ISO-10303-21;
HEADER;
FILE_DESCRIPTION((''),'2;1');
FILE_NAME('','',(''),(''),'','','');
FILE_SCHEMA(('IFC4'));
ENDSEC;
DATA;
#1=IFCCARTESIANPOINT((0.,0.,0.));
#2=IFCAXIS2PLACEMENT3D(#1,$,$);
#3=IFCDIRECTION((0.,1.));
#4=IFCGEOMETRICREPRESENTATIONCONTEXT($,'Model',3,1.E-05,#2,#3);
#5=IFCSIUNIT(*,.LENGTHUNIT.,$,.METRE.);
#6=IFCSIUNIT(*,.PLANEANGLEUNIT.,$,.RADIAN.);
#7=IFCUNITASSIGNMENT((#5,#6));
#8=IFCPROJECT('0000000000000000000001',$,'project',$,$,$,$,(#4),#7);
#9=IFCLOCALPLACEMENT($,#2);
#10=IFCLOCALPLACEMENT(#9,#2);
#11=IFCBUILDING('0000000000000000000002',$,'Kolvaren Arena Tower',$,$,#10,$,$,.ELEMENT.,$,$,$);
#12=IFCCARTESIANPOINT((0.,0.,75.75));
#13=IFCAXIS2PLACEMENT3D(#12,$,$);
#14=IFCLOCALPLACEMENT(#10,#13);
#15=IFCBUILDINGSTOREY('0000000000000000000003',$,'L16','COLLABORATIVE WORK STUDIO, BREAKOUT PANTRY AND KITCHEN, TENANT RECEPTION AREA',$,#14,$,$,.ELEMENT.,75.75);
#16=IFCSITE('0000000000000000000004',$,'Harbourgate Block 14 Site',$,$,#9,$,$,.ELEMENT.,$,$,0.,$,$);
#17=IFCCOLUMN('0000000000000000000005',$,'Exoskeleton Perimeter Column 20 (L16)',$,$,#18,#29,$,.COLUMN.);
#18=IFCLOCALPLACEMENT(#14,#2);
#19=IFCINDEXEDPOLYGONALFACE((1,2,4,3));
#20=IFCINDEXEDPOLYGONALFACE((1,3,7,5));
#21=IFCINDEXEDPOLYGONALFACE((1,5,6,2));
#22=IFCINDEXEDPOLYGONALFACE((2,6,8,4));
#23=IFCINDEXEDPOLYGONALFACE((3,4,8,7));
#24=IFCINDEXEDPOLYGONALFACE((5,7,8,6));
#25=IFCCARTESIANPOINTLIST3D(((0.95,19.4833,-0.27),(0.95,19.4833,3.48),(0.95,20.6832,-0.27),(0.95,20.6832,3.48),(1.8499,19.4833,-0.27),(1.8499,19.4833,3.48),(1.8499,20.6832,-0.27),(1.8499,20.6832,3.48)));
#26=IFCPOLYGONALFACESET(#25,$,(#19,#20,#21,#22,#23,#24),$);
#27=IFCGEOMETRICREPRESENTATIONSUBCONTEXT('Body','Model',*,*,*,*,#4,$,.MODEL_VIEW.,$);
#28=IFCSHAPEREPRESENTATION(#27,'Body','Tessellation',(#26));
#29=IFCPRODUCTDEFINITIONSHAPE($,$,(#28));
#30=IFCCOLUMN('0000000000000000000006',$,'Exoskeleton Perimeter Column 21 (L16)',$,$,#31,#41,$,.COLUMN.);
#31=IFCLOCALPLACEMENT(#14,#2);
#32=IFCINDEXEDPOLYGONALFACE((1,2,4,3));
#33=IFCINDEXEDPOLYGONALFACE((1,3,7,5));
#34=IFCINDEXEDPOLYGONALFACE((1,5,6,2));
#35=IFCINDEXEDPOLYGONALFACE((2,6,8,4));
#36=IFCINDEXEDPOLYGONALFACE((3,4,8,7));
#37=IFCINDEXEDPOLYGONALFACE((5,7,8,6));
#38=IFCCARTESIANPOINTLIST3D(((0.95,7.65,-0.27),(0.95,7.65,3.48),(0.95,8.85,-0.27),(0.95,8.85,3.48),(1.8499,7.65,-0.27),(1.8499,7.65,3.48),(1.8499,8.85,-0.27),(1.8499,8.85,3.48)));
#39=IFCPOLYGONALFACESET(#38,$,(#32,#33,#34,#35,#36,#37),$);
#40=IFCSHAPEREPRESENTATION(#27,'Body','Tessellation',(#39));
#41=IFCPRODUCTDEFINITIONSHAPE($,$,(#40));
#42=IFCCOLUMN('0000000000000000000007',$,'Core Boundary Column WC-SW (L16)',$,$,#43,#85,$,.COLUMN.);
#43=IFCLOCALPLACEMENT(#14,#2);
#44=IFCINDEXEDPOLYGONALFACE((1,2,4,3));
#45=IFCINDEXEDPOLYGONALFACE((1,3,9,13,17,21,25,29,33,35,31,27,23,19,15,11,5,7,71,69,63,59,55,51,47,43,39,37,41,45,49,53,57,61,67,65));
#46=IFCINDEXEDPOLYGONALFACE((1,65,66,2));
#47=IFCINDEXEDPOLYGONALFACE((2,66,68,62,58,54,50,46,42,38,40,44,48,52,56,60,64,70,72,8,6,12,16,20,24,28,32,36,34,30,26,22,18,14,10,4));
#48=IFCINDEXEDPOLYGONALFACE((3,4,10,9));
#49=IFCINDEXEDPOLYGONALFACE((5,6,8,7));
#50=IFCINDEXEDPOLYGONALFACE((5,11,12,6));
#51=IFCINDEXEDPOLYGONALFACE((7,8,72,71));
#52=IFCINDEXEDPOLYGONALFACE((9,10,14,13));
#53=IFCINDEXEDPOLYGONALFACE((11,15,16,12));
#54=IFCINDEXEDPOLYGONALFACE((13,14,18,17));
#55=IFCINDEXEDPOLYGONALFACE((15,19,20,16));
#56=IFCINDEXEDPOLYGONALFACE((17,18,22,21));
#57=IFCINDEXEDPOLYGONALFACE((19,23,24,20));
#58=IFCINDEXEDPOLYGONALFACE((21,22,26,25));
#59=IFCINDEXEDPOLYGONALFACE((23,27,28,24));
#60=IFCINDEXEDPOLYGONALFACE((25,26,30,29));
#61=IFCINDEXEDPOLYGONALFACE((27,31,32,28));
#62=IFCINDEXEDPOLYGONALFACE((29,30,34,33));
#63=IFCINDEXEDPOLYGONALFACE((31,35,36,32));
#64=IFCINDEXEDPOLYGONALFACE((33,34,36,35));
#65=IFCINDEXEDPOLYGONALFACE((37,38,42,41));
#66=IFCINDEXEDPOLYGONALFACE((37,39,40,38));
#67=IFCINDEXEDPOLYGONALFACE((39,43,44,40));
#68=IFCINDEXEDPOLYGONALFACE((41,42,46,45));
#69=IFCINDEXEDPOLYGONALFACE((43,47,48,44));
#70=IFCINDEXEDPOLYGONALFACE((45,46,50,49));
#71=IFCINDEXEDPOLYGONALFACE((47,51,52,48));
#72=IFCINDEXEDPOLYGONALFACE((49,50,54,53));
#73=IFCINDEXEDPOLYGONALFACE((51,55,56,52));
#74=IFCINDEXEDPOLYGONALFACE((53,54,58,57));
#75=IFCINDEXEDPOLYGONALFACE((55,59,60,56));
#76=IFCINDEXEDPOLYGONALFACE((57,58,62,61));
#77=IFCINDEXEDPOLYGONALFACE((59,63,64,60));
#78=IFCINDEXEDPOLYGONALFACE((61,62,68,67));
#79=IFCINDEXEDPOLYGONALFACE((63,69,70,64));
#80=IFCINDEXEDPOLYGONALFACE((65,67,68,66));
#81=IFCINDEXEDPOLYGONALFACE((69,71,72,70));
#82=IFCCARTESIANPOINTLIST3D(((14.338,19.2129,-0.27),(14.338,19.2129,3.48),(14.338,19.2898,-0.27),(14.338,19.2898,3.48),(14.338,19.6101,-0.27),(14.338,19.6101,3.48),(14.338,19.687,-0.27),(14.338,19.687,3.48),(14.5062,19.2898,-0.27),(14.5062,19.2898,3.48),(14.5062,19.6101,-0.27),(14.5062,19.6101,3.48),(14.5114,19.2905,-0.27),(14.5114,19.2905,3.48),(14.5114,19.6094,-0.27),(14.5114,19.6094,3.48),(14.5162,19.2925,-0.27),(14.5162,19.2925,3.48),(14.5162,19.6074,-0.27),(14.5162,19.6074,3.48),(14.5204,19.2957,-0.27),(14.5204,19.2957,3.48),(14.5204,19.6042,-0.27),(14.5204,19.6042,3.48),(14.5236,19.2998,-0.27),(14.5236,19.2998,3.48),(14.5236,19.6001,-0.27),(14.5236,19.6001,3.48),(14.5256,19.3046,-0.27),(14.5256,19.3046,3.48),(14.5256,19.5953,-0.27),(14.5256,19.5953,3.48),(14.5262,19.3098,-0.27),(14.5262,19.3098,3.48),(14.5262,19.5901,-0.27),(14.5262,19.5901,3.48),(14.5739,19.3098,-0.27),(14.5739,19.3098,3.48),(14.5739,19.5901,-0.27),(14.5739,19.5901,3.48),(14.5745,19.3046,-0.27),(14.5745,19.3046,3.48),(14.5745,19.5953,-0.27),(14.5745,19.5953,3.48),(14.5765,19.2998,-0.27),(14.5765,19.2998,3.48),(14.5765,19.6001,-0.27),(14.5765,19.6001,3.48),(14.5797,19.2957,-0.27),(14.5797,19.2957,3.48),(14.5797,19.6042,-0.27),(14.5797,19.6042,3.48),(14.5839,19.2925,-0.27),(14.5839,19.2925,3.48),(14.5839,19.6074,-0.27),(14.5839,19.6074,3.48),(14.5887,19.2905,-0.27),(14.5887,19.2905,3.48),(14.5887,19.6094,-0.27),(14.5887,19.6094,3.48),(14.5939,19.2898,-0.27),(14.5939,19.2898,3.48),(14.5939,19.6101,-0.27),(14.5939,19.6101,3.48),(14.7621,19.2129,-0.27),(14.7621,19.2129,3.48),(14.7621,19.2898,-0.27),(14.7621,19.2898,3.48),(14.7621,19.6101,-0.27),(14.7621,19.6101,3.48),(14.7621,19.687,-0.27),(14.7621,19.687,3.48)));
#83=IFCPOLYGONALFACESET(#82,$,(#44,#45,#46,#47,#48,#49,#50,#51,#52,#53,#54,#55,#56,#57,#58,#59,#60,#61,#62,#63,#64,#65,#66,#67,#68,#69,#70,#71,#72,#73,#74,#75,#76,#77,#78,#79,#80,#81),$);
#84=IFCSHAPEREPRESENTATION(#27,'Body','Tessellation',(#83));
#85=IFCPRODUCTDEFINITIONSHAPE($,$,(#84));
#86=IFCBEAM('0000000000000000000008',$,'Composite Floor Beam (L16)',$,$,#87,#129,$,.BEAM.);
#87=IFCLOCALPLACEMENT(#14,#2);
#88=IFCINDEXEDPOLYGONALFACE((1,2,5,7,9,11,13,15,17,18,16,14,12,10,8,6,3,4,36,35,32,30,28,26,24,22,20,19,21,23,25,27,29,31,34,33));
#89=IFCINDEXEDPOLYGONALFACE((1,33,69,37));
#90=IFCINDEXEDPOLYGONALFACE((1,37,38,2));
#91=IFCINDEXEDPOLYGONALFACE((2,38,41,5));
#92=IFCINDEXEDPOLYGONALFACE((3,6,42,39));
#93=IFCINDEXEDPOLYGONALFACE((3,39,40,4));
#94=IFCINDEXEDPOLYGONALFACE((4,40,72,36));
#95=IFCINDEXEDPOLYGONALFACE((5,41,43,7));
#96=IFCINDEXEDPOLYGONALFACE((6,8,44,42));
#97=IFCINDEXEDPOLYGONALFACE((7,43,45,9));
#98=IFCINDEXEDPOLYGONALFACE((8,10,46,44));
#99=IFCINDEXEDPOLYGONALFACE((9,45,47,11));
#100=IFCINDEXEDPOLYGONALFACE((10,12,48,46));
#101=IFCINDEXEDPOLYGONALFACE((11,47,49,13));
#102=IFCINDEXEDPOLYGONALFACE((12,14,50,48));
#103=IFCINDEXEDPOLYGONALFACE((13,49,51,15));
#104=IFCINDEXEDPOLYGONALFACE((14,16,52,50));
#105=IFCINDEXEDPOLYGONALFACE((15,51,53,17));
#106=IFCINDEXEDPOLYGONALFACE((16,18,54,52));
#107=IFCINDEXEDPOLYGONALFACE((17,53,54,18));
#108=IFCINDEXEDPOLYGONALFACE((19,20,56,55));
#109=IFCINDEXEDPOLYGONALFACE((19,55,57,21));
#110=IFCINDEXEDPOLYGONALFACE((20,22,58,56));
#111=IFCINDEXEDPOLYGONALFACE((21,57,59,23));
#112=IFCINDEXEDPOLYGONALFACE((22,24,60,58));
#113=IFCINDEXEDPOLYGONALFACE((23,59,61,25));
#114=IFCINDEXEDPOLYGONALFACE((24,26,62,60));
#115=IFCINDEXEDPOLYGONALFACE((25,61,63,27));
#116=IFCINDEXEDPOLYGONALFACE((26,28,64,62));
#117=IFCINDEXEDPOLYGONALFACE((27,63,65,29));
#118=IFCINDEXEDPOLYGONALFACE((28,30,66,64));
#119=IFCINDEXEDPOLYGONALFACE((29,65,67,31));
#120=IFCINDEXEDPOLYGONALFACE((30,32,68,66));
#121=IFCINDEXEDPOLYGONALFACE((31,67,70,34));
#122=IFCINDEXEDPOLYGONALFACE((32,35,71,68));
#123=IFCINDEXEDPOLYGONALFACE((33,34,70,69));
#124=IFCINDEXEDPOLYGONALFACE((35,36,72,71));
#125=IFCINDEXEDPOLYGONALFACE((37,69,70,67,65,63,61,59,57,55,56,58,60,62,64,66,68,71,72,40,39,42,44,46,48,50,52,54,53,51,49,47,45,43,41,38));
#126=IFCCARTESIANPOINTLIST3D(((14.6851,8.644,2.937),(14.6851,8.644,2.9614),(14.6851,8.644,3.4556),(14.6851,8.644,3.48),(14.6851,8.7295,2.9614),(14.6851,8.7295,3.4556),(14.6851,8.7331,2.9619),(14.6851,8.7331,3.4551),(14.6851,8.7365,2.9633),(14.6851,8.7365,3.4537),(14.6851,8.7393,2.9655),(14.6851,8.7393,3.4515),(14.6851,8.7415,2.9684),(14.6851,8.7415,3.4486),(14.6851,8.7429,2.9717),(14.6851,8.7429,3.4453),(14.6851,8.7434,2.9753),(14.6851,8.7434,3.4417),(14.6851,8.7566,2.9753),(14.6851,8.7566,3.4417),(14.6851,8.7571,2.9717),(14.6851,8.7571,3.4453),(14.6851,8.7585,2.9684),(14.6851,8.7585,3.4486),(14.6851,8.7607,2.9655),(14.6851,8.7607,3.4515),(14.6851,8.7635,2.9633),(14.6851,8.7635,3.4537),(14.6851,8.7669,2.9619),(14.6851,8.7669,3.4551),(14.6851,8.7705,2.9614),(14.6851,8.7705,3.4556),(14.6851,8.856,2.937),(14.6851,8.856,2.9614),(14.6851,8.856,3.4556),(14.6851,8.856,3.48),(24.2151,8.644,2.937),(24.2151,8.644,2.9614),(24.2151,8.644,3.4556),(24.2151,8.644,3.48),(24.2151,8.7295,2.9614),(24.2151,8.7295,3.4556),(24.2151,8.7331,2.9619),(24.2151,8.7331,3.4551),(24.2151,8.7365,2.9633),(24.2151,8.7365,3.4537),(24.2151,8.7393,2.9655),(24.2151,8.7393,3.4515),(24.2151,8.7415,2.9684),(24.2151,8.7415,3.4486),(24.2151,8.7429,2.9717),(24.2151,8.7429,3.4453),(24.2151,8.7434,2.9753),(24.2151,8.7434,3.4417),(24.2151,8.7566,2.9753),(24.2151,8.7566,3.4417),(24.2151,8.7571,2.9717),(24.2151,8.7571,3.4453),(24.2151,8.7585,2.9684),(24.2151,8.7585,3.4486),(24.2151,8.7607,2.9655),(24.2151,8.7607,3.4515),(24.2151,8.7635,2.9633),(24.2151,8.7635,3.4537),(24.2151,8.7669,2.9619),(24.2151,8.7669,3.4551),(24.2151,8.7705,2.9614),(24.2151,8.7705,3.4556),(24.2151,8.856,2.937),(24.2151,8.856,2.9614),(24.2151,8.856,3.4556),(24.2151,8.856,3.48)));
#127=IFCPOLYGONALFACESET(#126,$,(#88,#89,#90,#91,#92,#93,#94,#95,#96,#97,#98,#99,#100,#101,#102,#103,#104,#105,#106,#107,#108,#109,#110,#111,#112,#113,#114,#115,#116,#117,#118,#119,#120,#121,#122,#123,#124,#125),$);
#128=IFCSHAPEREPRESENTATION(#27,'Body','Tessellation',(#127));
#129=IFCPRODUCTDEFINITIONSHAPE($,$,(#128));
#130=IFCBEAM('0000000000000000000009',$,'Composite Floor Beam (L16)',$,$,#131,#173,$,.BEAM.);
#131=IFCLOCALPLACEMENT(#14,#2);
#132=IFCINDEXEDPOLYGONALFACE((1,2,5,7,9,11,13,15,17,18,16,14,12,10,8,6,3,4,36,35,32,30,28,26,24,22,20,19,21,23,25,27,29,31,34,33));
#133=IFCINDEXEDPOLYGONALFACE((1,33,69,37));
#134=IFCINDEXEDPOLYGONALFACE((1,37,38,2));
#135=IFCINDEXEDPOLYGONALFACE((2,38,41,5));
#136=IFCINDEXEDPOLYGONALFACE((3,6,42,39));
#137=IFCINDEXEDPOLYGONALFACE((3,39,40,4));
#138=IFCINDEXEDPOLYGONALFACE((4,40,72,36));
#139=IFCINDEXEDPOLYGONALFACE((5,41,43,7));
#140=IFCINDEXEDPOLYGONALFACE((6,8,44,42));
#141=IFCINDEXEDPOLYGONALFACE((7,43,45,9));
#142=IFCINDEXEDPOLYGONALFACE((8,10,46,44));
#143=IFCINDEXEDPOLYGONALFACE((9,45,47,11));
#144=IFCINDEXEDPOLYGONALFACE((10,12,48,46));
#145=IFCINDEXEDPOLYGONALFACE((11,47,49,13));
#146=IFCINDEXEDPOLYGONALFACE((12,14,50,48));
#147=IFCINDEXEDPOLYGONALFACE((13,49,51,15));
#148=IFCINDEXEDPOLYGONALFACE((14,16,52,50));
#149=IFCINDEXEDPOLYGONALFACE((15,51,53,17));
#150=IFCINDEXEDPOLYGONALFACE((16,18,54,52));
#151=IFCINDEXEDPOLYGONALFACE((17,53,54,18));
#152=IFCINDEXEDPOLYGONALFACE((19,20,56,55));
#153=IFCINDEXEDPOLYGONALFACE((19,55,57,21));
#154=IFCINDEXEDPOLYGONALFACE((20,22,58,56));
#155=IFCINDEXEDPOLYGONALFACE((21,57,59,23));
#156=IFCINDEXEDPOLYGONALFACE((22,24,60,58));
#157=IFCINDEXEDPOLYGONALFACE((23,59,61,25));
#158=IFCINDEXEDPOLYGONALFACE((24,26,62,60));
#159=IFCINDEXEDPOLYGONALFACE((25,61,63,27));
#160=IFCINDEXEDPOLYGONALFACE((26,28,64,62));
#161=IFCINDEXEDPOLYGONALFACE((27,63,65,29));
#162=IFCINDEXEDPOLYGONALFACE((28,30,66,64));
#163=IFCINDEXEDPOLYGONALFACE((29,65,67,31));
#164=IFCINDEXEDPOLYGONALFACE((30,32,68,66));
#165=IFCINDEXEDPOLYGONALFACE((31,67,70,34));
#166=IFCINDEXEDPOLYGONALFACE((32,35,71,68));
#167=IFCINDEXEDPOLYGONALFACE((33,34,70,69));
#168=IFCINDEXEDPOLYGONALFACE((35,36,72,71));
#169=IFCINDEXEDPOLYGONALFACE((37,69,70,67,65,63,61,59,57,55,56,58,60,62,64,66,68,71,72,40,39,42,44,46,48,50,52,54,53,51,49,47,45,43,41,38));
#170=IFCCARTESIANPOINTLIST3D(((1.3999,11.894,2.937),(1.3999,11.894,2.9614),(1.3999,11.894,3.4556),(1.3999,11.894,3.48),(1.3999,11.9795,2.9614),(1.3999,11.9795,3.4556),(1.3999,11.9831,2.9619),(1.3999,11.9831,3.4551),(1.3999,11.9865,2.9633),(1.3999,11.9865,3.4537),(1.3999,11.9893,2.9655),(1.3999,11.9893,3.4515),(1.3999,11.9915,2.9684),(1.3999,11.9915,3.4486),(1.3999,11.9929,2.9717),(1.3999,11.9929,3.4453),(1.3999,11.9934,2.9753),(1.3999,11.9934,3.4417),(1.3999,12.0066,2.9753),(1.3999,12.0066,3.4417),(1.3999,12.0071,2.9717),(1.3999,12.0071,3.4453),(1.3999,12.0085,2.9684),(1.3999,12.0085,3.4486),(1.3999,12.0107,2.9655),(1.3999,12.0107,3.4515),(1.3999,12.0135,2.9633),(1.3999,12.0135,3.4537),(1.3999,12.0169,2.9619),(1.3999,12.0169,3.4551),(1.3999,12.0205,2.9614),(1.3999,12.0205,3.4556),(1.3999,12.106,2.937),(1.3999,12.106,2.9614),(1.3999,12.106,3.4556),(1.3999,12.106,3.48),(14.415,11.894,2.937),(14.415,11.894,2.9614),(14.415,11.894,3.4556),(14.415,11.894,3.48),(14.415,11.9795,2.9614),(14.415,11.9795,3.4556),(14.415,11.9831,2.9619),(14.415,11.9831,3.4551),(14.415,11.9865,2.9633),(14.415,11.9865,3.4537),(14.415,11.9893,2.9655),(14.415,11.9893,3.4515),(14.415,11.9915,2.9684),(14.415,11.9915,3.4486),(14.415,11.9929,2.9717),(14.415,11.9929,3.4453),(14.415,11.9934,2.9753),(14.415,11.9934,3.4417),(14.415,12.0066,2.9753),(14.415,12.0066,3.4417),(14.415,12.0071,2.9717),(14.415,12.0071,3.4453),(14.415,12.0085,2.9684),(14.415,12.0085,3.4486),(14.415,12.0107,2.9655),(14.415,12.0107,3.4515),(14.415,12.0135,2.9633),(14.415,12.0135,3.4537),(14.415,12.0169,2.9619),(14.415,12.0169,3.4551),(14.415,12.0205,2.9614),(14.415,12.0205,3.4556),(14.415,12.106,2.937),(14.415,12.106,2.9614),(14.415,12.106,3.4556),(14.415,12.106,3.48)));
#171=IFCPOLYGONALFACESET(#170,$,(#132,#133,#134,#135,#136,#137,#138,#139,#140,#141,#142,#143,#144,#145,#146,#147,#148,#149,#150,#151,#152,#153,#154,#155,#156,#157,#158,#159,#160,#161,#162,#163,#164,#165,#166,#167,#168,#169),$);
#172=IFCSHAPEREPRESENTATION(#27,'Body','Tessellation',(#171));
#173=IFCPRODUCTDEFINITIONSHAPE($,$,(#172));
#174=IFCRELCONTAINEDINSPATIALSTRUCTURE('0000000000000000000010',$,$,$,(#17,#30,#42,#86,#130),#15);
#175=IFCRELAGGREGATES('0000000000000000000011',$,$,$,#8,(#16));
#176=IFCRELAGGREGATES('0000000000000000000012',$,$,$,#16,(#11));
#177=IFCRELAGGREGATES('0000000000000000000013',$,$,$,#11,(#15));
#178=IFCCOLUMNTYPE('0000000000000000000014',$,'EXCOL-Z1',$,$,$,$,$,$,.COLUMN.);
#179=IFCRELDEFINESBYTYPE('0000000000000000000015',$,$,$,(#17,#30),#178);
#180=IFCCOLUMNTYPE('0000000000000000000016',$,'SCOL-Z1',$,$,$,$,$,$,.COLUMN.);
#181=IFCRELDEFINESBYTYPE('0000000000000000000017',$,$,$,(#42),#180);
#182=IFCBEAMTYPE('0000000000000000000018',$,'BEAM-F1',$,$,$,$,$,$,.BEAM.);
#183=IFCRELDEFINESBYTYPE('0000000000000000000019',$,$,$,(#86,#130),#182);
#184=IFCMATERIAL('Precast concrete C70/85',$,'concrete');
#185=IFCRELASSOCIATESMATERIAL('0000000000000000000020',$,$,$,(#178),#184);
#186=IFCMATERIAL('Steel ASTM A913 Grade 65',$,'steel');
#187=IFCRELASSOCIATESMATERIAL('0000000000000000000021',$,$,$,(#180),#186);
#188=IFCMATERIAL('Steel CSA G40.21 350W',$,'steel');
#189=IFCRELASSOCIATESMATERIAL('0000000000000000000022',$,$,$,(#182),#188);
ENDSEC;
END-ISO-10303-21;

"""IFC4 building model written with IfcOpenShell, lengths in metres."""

from ifc_helpers import new_model, si_unit, direction, frame, origin, origin_2d, place, context, subcontext, project, spatial, rectangle, i_section, extrude, material, material_profile, profile_set, type_object, element, save


model = new_model("IFC4")

# Units and contexts
model_context = context("Model", 3, precision=1e-05, world=origin(), true_north=direction((0.0, 1.0)))
body_context = subcontext(model_context, "Body", "Model", "MODEL_VIEW")
ifc_project = project(units=[si_unit("LENGTHUNIT", "METRE"), si_unit("PLANEANGLEUNIT", "RADIAN")], contexts=[model_context])

# Site, building, storey
site_placement = place(None, origin())
site = spatial("IfcSite", under=ifc_project, at=site_placement, Name="Harbourgate Block 14 Site", CompositionType="ELEMENT", RefElevation=0.0)
building_placement = place(site_placement, origin())
building = spatial("IfcBuilding", under=site, at=building_placement, Name="Kolvaren Arena Tower", CompositionType="ELEMENT")
storey_placement = place(building_placement, frame((0.0, 0.0, 75.75)))
storey = spatial("IfcBuildingStorey", under=building, at=storey_placement, Name="L16", Description="COLLABORATIVE WORK STUDIO, BREAKOUT PANTRY AND KITCHEN, TENANT RECEPTION AREA", CompositionType="ELEMENT", Elevation=75.75)

# Columns
ifc_material_1 = material(Name="Precast concrete C70/85", Category="concrete")
ifc_material_profile_1 = material_profile(ifc_material_1, rectangle(XDim=1.2, YDim=0.8999, at=origin_2d()), Name="RC-1200x900")
ifc_profile_set_1 = profile_set([ifc_material_profile_1], Name="Precast concrete C70/85")
column_type_1 = type_object("IfcColumnType", Name="EXCOL-Z1", PredefinedType="COLUMN", material=ifc_profile_set_1)
for number, where, z_axis, x_axis, name in (
    (1, (1.3999, 20.0833, -0.27), (0.0, 0.0, 1.0), (0.0, 1.0, 0.0), "Exoskeleton Perimeter Column 20 (L16)"),
    (2, (1.3999, 8.25, -0.27), (0.0, 0.0, 1.0), (0.0, 1.0, 0.0), "Exoskeleton Perimeter Column 21 (L16)"),
):
    element("IfcColumn", number, at=place(storey_placement, frame(where, z_axis=z_axis, x_axis=x_axis)), inside=storey, type_object=column_type_1, Name=name, PredefinedType="COLUMN", context=body_context, shape_type="SweptSolid", body=[
        extrude(rectangle(XDim=1.2, YDim=0.8999, at=origin_2d()), origin(), (0.0, 0.0, 1.0), 3.75),
    ])
ifc_material_2 = material(Name="Steel ASTM A913 Grade 65", Category="steel")
ifc_material_profile_2 = material_profile(ifc_material_2, i_section(OverallWidth=0.4241, OverallDepth=0.4741, WebThickness=0.0476, FlangeThickness=0.0769, FilletRadius=0.02, at=origin_2d()), Name="W360x634")
ifc_profile_set_2 = profile_set([ifc_material_profile_2], Name="Steel ASTM A913 Grade 65")
column_type_2 = type_object("IfcColumnType", Name="SCOL-Z1", PredefinedType="COLUMN", material=ifc_profile_set_2)
column_placement = place(storey_placement, frame((14.55, 19.45, -0.27), z_axis=(0.0, 0.0, 1.0), x_axis=(1.0, 0.0, 0.0)))
element("IfcColumn", 3, at=column_placement, inside=storey, type_object=column_type_2, Name="Core Boundary Column WC-SW (L16)", PredefinedType="COLUMN", context=body_context, shape_type="SweptSolid", body=[
    extrude(i_section(OverallWidth=0.4241, OverallDepth=0.4741, WebThickness=0.0476, FlangeThickness=0.0769, FilletRadius=0.02, at=origin_2d()), origin(), (0.0, 0.0, 1.0), 3.75),
])

# Beams
ifc_material_3 = material(Name="Steel CSA G40.21 350W", Category="steel")
ifc_material_profile_3 = material_profile(ifc_material_3, i_section(OverallWidth=0.2119, OverallDepth=0.543, WebThickness=0.0132, FlangeThickness=0.0244, FilletRadius=0.0139, at=origin_2d()), Name="W530x150")
ifc_profile_set_3 = profile_set([ifc_material_profile_3], Name="Steel CSA G40.21 350W")
beam_type_1 = type_object("IfcBeamType", Name="BEAM-F1", PredefinedType="BEAM", material=ifc_profile_set_3)
beam_1_placement = place(storey_placement, frame((14.6851, 8.75, 3.2085), z_axis=(1.0, 0.0, 0.0), x_axis=(0.0, 1.0, 0.0)))
element("IfcBeam", 4, at=beam_1_placement, inside=storey, type_object=beam_type_1, Name="Composite Floor Beam (L16)", PredefinedType="BEAM", context=body_context, shape_type="SweptSolid", body=[
    extrude(i_section(OverallWidth=0.2119, OverallDepth=0.543, WebThickness=0.0132, FlangeThickness=0.0244, FilletRadius=0.0139, at=origin_2d()), origin(), (0.0, 0.0, 1.0), 9.53),
])
beam_2_placement = place(storey_placement, frame((1.3999, 12.0, 3.2085), z_axis=(1.0, 0.0, 0.0), x_axis=(0.0, 1.0, 0.0)))
element("IfcBeam", 5, at=beam_2_placement, inside=storey, type_object=beam_type_1, Name="Composite Floor Beam (L16)", PredefinedType="BEAM", context=body_context, shape_type="SweptSolid", body=[
    extrude(i_section(OverallWidth=0.2119, OverallDepth=0.543, WebThickness=0.0132, FlangeThickness=0.0244, FilletRadius=0.0139, at=origin_2d()), origin(), (0.0, 0.0, 1.0), 13.0151),
])

save(model, "model.ifc")
